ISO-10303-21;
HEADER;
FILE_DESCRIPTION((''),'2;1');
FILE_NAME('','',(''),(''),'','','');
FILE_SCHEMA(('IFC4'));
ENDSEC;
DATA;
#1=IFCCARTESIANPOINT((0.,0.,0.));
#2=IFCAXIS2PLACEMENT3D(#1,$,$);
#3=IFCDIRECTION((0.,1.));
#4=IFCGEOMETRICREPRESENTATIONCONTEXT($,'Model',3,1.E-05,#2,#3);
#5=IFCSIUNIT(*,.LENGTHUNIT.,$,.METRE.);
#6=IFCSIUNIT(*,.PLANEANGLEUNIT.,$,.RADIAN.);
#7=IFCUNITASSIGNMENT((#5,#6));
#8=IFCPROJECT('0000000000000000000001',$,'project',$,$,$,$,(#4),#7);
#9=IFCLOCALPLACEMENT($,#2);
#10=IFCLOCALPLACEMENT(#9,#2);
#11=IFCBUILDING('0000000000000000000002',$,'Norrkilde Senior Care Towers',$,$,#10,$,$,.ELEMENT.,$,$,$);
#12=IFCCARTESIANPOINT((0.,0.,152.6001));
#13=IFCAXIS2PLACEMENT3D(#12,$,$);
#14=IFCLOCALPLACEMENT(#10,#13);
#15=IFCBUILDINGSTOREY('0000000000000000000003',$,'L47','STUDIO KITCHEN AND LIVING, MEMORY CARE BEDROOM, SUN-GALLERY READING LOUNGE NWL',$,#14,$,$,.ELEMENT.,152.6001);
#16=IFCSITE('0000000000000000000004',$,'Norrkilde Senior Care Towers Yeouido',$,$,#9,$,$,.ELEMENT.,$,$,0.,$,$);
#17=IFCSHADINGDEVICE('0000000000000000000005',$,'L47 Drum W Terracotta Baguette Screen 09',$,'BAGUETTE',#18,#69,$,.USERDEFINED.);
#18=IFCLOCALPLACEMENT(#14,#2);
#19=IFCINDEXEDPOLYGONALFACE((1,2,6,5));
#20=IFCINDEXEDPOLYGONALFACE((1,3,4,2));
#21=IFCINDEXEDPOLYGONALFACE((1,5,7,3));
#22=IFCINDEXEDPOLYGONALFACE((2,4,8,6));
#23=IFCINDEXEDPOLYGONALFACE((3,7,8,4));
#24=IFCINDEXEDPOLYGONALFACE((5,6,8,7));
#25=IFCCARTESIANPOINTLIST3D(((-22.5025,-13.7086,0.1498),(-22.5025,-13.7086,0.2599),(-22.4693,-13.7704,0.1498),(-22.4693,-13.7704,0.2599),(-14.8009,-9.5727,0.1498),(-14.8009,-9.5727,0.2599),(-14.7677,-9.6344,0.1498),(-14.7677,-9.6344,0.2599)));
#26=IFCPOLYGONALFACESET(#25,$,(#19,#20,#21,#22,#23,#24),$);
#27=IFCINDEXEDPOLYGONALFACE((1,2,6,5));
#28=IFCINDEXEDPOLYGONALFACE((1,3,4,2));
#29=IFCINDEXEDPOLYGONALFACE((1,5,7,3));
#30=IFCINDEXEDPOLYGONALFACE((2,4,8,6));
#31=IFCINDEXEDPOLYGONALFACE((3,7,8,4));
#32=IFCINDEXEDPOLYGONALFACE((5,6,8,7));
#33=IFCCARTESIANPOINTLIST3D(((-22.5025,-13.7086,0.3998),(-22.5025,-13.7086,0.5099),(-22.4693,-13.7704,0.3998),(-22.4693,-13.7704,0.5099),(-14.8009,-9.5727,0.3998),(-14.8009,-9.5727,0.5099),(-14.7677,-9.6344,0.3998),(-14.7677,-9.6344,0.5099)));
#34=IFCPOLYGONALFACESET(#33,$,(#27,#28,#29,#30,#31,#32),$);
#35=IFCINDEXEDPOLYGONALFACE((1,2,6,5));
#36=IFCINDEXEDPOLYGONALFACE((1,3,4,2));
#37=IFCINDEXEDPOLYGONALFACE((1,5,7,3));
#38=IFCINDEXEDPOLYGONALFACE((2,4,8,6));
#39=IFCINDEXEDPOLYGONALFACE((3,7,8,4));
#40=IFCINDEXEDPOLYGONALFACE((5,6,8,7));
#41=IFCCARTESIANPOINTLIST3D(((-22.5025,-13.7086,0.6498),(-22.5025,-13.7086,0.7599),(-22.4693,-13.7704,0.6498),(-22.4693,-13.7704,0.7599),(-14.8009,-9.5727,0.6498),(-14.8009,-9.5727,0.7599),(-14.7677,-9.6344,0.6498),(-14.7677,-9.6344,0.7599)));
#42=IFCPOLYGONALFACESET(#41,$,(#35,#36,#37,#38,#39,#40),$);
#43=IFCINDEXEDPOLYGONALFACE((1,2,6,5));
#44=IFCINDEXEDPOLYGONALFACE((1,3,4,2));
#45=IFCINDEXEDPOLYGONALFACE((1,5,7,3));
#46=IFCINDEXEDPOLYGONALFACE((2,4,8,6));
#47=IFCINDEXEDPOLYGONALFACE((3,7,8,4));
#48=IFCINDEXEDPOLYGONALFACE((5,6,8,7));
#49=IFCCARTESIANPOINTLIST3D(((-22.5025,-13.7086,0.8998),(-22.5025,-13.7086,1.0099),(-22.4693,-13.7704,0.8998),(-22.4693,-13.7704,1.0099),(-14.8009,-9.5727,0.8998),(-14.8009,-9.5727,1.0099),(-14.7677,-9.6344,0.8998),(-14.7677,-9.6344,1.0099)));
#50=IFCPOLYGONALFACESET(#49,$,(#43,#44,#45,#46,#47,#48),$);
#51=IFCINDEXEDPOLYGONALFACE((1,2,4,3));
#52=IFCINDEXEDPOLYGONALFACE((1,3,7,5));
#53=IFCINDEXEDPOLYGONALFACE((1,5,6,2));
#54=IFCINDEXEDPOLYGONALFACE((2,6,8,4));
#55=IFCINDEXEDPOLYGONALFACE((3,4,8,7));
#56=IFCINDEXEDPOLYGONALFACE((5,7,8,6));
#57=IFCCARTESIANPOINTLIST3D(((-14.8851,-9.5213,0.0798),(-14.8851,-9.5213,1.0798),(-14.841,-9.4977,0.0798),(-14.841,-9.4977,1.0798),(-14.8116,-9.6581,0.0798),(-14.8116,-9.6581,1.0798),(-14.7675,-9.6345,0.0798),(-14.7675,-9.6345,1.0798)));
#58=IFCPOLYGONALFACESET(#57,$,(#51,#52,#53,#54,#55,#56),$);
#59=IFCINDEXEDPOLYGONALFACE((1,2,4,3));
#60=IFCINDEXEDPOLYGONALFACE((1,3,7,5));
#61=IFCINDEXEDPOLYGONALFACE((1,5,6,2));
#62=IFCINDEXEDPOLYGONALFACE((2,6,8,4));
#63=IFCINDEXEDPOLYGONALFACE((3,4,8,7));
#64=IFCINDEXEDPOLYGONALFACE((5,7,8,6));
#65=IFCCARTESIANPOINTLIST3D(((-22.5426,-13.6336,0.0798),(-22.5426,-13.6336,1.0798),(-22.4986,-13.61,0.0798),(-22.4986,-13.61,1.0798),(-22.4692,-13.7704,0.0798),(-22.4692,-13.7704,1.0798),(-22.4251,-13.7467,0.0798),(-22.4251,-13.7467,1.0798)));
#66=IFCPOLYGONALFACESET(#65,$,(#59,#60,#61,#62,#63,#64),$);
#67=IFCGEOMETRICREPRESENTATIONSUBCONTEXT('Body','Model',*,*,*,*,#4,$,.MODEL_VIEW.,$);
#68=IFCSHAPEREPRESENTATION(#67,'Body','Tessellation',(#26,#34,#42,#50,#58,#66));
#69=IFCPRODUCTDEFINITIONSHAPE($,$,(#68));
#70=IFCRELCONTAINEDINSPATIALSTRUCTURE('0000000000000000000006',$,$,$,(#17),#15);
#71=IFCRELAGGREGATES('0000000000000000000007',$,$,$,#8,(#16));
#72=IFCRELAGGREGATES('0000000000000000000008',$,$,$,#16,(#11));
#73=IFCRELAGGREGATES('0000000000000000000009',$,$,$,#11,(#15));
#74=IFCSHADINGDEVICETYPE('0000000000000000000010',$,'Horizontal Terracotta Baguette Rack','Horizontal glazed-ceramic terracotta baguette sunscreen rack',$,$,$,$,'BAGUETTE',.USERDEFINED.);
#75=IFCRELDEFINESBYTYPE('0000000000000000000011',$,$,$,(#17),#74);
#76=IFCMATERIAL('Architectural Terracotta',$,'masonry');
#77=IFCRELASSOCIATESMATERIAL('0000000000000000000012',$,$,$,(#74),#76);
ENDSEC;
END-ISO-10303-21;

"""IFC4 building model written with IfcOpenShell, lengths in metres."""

from ifc_helpers import new_model, si_unit, direction, frame, origin, origin_2d, place, context, subcontext, project, spatial, rectangle, extrude, source, transform, mapped, material, type_object, type_shapes, element, save


model = new_model("IFC4")

# Units and contexts
model_context = context("Model", 3, precision=1e-05, world=origin(), true_north=direction((0.0, 1.0)))
body_context = subcontext(model_context, "Body", "Model", "MODEL_VIEW")
ifc_project = project(units=[si_unit("LENGTHUNIT", "METRE"), si_unit("PLANEANGLEUNIT", "RADIAN")], contexts=[model_context])

# Site, building, storey
site_placement = place(None, origin())
site = spatial("IfcSite", under=ifc_project, at=site_placement, Name="Norrkilde Senior Care Towers Yeouido", CompositionType="ELEMENT", RefElevation=0.0)
building_placement = place(site_placement, origin())
building = spatial("IfcBuilding", under=site, at=building_placement, Name="Norrkilde Senior Care Towers", CompositionType="ELEMENT")
storey_placement = place(building_placement, frame((0.0, 0.0, 152.6001)))
storey = spatial("IfcBuildingStorey", under=building, at=storey_placement, Name="L47", Description="STUDIO KITCHEN AND LIVING, MEMORY CARE BEDROOM, SUN-GALLERY READING LOUNGE NWL", CompositionType="ELEMENT", Elevation=152.6001)

# Shading device
ifc_material_1 = material(Name="Architectural Terracotta", Category="masonry")
shading_device_type = type_object("IfcShadingDeviceType", Name="Horizontal Terracotta Baguette Rack", Description="Horizontal glazed-ceramic terracotta baguette sunscreen rack", ElementType="BAGUETTE", PredefinedType="USERDEFINED", material=ifc_material_1)
shared_shape_1 = source(origin(), body_context, "Body", "SweptSolid", [
    extrude(rectangle(XDim=0.0701, YDim=0.1101, at=origin_2d()), frame((0.0, 0.0901, 0.125), z_axis=(1.0, 0.0, 0.0), x_axis=(0.0, 1.0, 0.0)), (0.0, 0.0, 1.0), 8.7419),
    extrude(rectangle(XDim=0.0701, YDim=0.1101, at=origin_2d()), frame((0.0, 0.0901, 0.375), z_axis=(1.0, 0.0, 0.0), x_axis=(0.0, 1.0, 0.0)), (0.0, 0.0, 1.0), 8.7419),
    extrude(rectangle(XDim=0.0701, YDim=0.1101, at=origin_2d()), frame((0.0, 0.0901, 0.625), z_axis=(1.0, 0.0, 0.0), x_axis=(0.0, 1.0, 0.0)), (0.0, 0.0, 1.0), 8.7419),
    extrude(rectangle(XDim=0.0701, YDim=0.1101, at=origin_2d()), frame((0.0, 0.0901, 0.875), z_axis=(1.0, 0.0, 0.0), x_axis=(0.0, 1.0, 0.0)), (0.0, 0.0, 1.0), 8.7419),
    extrude(rectangle(XDim=0.05, YDim=0.1553, at=origin_2d()), frame((0.0249, 0.0476, 0.0)), (0.0, 0.0, 1.0), 1.0),
    extrude(rectangle(XDim=0.05, YDim=0.1553, at=origin_2d()), frame((8.7168, 0.0476, 0.0)), (0.0, 0.0, 1.0), 1.0),
])
type_shapes(shading_device_type, [shared_shape_1])
shading_device_placement = place(storey_placement, frame((-14.8269, -9.5242, 0.0798), z_axis=(0.0, 0.0, 1.0), x_axis=(-0.881001, -0.47312, 0.0)))
element("IfcShadingDevice", 1, at=shading_device_placement, inside=storey, type_object=shading_device_type, Name="L47 Drum W Terracotta Baguette Screen 09", ObjectType="BAGUETTE", PredefinedType="USERDEFINED", context=body_context, shape_type="MappedRepresentation", body=[
    mapped(shared_shape_1, transform((0.0, 0.0, 0.0), x_axis=(1.0, 0.0, 0.0), y_axis=(0.0, 1.0, 0.0), z_axis=(0.0, 0.0, 1.0), scale=1.0)),
])

save(model, "model.ifc")
